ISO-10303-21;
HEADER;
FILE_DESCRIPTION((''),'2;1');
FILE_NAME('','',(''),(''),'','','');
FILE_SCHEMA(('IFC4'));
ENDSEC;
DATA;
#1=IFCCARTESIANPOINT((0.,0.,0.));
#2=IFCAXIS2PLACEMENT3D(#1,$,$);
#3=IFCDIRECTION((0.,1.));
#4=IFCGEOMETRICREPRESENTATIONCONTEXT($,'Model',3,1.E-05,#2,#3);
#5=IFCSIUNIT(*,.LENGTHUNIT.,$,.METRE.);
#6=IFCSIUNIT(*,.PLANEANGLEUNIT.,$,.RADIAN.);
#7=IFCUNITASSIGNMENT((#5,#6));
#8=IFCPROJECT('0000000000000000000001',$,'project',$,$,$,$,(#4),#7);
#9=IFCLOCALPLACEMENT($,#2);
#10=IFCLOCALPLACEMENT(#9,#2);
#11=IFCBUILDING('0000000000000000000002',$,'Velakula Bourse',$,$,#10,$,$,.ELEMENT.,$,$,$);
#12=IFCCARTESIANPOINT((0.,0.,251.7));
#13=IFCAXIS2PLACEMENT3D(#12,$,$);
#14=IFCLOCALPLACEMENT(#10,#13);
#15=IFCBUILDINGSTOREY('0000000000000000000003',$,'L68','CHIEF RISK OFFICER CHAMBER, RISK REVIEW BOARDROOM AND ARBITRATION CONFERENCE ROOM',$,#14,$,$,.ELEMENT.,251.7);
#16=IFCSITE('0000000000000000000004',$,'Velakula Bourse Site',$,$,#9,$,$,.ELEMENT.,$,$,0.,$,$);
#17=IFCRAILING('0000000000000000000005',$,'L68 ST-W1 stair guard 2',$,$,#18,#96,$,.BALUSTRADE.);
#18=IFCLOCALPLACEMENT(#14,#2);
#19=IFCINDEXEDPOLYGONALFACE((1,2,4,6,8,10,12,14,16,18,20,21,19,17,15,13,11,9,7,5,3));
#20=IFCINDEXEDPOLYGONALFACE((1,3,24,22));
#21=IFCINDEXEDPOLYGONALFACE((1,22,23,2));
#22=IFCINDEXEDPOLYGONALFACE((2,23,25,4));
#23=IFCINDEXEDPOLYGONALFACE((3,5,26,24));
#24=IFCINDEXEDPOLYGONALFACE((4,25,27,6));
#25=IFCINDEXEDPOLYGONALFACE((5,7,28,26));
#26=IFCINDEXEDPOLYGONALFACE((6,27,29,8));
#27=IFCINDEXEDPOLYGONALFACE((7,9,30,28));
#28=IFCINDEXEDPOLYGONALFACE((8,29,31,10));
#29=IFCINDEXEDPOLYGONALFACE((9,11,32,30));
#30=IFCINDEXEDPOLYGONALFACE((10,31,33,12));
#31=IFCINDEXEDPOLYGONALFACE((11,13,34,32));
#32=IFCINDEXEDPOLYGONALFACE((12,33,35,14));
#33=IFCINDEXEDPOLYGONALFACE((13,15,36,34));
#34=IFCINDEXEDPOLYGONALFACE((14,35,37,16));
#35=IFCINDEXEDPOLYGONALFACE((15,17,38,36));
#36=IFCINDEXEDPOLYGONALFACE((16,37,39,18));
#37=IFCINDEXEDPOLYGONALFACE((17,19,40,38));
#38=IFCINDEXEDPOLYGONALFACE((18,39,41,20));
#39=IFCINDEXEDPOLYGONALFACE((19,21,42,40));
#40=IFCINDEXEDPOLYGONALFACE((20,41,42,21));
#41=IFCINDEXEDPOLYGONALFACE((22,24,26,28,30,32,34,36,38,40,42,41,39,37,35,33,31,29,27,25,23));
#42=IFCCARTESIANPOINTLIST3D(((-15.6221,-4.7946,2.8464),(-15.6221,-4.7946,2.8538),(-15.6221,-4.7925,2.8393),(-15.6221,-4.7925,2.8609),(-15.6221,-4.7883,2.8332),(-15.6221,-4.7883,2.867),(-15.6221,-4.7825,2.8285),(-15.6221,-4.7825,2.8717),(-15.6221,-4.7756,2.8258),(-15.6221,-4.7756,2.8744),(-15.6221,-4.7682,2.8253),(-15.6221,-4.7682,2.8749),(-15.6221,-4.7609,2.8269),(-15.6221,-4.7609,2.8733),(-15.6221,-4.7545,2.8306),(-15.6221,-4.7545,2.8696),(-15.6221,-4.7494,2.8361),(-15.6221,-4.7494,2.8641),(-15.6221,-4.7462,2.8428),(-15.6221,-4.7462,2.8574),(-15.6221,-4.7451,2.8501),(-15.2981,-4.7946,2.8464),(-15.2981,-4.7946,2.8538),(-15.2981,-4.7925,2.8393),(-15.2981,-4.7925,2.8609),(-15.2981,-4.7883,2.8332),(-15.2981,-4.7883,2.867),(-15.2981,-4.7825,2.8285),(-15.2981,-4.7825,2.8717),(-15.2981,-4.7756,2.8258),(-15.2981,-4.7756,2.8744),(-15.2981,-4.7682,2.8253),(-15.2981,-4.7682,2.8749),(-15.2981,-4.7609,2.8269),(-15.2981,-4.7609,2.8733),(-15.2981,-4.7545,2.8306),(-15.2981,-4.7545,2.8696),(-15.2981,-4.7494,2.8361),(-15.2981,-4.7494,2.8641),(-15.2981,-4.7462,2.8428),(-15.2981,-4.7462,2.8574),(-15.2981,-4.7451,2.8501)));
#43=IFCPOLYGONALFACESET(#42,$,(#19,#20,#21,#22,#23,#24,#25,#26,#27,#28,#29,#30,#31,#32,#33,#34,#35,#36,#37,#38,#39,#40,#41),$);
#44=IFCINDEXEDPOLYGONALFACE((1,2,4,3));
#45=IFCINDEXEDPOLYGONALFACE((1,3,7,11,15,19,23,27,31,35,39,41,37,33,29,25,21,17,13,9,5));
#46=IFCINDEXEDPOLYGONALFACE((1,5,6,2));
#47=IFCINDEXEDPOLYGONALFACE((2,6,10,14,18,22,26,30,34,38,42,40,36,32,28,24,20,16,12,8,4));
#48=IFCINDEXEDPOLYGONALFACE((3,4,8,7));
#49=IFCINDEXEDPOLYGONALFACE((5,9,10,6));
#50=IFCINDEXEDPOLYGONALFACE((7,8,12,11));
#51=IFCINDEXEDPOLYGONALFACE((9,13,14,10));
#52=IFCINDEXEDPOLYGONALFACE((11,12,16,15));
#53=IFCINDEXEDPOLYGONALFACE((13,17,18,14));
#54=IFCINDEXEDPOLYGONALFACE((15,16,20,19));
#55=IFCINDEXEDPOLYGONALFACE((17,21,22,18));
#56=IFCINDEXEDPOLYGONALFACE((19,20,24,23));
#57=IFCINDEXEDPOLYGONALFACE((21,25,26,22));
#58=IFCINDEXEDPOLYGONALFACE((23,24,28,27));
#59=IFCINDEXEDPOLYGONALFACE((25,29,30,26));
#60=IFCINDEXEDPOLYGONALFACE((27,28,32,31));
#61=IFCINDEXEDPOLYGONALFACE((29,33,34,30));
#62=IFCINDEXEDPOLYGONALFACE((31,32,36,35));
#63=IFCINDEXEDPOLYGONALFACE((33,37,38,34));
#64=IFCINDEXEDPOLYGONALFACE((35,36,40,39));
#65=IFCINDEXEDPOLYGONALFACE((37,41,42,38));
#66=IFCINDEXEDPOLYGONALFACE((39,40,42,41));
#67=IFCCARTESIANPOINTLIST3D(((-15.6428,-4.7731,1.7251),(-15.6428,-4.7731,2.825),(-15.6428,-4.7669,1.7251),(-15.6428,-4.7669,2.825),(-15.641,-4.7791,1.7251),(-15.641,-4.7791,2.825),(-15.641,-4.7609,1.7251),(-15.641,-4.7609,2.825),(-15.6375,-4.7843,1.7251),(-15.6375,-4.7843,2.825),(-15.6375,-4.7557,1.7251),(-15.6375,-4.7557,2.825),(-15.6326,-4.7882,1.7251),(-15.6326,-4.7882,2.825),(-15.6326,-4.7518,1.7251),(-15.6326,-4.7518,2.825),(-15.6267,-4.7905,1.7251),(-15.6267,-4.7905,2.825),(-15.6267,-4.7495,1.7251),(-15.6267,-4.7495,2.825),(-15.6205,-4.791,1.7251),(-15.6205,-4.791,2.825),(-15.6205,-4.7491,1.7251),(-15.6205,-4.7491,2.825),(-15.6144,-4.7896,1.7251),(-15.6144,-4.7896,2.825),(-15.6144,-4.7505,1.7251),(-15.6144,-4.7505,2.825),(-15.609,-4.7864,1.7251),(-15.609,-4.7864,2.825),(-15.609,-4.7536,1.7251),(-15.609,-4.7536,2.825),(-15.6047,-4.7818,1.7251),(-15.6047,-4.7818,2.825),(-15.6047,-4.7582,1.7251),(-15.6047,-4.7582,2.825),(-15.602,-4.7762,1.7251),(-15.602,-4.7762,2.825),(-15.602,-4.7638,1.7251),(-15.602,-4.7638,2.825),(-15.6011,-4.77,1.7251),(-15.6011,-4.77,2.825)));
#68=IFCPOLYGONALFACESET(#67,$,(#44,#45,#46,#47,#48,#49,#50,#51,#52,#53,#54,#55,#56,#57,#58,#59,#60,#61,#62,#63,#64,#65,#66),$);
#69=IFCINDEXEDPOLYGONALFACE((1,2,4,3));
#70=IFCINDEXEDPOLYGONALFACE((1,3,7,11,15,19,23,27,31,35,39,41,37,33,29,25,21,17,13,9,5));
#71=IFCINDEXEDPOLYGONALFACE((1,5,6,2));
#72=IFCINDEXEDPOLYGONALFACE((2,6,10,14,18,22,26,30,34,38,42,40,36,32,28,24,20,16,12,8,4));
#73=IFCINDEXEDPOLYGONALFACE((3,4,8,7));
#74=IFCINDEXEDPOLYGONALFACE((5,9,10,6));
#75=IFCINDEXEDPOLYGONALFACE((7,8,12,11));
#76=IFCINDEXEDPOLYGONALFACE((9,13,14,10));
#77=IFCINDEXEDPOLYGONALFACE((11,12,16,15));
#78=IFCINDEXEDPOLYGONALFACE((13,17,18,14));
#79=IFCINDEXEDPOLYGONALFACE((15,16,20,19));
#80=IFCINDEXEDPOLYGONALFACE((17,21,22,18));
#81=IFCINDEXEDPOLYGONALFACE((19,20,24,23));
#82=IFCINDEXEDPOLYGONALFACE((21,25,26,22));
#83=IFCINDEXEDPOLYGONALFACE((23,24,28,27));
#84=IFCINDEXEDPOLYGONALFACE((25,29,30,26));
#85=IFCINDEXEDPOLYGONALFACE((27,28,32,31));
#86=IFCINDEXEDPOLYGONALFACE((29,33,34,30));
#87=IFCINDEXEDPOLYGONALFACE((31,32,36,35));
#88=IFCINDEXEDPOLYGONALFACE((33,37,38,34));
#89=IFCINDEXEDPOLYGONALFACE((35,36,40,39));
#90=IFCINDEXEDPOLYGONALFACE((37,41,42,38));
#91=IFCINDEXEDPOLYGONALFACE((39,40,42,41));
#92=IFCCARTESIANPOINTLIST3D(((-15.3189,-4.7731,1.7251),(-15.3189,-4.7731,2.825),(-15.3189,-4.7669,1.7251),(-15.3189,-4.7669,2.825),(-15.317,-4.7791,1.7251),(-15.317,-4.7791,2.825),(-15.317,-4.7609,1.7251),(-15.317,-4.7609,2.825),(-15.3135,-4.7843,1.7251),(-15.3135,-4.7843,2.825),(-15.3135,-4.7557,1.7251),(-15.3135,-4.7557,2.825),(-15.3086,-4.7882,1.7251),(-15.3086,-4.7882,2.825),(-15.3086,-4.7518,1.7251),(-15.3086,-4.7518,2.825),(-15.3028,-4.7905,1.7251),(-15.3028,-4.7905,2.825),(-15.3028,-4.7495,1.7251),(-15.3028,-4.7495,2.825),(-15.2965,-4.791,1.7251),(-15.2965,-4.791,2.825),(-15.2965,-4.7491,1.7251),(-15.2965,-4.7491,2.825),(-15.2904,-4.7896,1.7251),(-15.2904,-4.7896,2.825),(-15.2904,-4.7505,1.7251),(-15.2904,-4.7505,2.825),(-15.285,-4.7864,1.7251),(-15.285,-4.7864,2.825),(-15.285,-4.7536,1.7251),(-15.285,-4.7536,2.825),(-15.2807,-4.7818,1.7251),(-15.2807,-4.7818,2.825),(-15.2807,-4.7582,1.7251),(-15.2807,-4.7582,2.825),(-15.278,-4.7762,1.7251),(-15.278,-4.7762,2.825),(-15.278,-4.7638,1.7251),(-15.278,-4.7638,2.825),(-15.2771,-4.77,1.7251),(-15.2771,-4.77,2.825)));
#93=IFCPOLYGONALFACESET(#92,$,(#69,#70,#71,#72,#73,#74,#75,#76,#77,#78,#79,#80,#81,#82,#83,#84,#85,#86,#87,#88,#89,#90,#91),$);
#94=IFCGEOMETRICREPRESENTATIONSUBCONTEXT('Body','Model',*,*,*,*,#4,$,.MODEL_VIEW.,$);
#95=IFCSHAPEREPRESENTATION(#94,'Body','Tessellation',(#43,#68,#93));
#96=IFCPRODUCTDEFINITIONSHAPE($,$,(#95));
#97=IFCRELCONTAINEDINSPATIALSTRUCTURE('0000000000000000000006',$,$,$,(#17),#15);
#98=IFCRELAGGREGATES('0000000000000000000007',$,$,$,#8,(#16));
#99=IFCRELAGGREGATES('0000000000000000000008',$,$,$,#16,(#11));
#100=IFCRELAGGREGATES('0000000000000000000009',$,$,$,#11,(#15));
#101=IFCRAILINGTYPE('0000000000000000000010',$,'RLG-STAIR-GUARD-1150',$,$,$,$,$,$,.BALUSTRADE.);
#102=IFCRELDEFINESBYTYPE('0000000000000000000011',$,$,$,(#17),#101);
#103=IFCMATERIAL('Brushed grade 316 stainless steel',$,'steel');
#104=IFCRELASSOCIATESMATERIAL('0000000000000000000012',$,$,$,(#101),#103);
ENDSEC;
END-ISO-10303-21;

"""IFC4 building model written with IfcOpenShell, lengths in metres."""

from ifc_helpers import new_model, si_unit, direction, frame, origin, origin_2d, place, context, subcontext, project, spatial, circle, extrude, material, type_object, element, save


model = new_model("IFC4")

# Units and contexts
model_context = context("Model", 3, precision=1e-05, world=origin(), true_north=direction((0.0, 1.0)))
body_context = subcontext(model_context, "Body", "Model", "MODEL_VIEW")
ifc_project = project(units=[si_unit("LENGTHUNIT", "METRE"), si_unit("PLANEANGLEUNIT", "RADIAN")], contexts=[model_context])

# Site, building, storey
site_placement = place(None, origin())
site = spatial("IfcSite", under=ifc_project, at=site_placement, Name="Velakula Bourse Site", CompositionType="ELEMENT", RefElevation=0.0)
building_placement = place(site_placement, origin())
building = spatial("IfcBuilding", under=site, at=building_placement, Name="Velakula Bourse", CompositionType="ELEMENT")
storey_placement = place(building_placement, frame((0.0, 0.0, 251.7)))
storey = spatial("IfcBuildingStorey", under=building, at=storey_placement, Name="L68", Description="CHIEF RISK OFFICER CHAMBER, RISK REVIEW BOARDROOM AND ARBITRATION CONFERENCE ROOM", CompositionType="ELEMENT", Elevation=251.7)

# Shared definitions
ifc_material_1 = material(Name="Brushed grade 316 stainless steel", Category="steel")

# Railing
railing_type_1 = type_object("IfcRailingType", Name="RLG-STAIR-GUARD-1150", PredefinedType="BALUSTRADE", material=ifc_material_1)
railing_1_placement = place(storey_placement, frame((-15.6221, -4.77, 1.7251)))
element("IfcRailing", 1, at=railing_1_placement, inside=storey, type_object=railing_type_1, Name="L68 ST-W1 stair guard 2", PredefinedType="BALUSTRADE", context=body_context, shape_type="SweptSolid", body=[
    extrude(circle(Radius=0.0249, at=origin_2d()), frame((0.0, 0.0, 1.125), z_axis=(1.0, 0.0, 0.0), x_axis=(0.0, 1.0, 0.0)), (0.0, 0.0, 1.0), 0.324),
    extrude(circle(Radius=0.021, at=origin_2d()), origin(), (0.0, 0.0, 1.0), 1.0999),
    extrude(circle(Radius=0.021, at=origin_2d()), frame((0.324, 0.0, 0.0)), (0.0, 0.0, 1.0), 1.0999),
])

save(model, "model.ifc")
